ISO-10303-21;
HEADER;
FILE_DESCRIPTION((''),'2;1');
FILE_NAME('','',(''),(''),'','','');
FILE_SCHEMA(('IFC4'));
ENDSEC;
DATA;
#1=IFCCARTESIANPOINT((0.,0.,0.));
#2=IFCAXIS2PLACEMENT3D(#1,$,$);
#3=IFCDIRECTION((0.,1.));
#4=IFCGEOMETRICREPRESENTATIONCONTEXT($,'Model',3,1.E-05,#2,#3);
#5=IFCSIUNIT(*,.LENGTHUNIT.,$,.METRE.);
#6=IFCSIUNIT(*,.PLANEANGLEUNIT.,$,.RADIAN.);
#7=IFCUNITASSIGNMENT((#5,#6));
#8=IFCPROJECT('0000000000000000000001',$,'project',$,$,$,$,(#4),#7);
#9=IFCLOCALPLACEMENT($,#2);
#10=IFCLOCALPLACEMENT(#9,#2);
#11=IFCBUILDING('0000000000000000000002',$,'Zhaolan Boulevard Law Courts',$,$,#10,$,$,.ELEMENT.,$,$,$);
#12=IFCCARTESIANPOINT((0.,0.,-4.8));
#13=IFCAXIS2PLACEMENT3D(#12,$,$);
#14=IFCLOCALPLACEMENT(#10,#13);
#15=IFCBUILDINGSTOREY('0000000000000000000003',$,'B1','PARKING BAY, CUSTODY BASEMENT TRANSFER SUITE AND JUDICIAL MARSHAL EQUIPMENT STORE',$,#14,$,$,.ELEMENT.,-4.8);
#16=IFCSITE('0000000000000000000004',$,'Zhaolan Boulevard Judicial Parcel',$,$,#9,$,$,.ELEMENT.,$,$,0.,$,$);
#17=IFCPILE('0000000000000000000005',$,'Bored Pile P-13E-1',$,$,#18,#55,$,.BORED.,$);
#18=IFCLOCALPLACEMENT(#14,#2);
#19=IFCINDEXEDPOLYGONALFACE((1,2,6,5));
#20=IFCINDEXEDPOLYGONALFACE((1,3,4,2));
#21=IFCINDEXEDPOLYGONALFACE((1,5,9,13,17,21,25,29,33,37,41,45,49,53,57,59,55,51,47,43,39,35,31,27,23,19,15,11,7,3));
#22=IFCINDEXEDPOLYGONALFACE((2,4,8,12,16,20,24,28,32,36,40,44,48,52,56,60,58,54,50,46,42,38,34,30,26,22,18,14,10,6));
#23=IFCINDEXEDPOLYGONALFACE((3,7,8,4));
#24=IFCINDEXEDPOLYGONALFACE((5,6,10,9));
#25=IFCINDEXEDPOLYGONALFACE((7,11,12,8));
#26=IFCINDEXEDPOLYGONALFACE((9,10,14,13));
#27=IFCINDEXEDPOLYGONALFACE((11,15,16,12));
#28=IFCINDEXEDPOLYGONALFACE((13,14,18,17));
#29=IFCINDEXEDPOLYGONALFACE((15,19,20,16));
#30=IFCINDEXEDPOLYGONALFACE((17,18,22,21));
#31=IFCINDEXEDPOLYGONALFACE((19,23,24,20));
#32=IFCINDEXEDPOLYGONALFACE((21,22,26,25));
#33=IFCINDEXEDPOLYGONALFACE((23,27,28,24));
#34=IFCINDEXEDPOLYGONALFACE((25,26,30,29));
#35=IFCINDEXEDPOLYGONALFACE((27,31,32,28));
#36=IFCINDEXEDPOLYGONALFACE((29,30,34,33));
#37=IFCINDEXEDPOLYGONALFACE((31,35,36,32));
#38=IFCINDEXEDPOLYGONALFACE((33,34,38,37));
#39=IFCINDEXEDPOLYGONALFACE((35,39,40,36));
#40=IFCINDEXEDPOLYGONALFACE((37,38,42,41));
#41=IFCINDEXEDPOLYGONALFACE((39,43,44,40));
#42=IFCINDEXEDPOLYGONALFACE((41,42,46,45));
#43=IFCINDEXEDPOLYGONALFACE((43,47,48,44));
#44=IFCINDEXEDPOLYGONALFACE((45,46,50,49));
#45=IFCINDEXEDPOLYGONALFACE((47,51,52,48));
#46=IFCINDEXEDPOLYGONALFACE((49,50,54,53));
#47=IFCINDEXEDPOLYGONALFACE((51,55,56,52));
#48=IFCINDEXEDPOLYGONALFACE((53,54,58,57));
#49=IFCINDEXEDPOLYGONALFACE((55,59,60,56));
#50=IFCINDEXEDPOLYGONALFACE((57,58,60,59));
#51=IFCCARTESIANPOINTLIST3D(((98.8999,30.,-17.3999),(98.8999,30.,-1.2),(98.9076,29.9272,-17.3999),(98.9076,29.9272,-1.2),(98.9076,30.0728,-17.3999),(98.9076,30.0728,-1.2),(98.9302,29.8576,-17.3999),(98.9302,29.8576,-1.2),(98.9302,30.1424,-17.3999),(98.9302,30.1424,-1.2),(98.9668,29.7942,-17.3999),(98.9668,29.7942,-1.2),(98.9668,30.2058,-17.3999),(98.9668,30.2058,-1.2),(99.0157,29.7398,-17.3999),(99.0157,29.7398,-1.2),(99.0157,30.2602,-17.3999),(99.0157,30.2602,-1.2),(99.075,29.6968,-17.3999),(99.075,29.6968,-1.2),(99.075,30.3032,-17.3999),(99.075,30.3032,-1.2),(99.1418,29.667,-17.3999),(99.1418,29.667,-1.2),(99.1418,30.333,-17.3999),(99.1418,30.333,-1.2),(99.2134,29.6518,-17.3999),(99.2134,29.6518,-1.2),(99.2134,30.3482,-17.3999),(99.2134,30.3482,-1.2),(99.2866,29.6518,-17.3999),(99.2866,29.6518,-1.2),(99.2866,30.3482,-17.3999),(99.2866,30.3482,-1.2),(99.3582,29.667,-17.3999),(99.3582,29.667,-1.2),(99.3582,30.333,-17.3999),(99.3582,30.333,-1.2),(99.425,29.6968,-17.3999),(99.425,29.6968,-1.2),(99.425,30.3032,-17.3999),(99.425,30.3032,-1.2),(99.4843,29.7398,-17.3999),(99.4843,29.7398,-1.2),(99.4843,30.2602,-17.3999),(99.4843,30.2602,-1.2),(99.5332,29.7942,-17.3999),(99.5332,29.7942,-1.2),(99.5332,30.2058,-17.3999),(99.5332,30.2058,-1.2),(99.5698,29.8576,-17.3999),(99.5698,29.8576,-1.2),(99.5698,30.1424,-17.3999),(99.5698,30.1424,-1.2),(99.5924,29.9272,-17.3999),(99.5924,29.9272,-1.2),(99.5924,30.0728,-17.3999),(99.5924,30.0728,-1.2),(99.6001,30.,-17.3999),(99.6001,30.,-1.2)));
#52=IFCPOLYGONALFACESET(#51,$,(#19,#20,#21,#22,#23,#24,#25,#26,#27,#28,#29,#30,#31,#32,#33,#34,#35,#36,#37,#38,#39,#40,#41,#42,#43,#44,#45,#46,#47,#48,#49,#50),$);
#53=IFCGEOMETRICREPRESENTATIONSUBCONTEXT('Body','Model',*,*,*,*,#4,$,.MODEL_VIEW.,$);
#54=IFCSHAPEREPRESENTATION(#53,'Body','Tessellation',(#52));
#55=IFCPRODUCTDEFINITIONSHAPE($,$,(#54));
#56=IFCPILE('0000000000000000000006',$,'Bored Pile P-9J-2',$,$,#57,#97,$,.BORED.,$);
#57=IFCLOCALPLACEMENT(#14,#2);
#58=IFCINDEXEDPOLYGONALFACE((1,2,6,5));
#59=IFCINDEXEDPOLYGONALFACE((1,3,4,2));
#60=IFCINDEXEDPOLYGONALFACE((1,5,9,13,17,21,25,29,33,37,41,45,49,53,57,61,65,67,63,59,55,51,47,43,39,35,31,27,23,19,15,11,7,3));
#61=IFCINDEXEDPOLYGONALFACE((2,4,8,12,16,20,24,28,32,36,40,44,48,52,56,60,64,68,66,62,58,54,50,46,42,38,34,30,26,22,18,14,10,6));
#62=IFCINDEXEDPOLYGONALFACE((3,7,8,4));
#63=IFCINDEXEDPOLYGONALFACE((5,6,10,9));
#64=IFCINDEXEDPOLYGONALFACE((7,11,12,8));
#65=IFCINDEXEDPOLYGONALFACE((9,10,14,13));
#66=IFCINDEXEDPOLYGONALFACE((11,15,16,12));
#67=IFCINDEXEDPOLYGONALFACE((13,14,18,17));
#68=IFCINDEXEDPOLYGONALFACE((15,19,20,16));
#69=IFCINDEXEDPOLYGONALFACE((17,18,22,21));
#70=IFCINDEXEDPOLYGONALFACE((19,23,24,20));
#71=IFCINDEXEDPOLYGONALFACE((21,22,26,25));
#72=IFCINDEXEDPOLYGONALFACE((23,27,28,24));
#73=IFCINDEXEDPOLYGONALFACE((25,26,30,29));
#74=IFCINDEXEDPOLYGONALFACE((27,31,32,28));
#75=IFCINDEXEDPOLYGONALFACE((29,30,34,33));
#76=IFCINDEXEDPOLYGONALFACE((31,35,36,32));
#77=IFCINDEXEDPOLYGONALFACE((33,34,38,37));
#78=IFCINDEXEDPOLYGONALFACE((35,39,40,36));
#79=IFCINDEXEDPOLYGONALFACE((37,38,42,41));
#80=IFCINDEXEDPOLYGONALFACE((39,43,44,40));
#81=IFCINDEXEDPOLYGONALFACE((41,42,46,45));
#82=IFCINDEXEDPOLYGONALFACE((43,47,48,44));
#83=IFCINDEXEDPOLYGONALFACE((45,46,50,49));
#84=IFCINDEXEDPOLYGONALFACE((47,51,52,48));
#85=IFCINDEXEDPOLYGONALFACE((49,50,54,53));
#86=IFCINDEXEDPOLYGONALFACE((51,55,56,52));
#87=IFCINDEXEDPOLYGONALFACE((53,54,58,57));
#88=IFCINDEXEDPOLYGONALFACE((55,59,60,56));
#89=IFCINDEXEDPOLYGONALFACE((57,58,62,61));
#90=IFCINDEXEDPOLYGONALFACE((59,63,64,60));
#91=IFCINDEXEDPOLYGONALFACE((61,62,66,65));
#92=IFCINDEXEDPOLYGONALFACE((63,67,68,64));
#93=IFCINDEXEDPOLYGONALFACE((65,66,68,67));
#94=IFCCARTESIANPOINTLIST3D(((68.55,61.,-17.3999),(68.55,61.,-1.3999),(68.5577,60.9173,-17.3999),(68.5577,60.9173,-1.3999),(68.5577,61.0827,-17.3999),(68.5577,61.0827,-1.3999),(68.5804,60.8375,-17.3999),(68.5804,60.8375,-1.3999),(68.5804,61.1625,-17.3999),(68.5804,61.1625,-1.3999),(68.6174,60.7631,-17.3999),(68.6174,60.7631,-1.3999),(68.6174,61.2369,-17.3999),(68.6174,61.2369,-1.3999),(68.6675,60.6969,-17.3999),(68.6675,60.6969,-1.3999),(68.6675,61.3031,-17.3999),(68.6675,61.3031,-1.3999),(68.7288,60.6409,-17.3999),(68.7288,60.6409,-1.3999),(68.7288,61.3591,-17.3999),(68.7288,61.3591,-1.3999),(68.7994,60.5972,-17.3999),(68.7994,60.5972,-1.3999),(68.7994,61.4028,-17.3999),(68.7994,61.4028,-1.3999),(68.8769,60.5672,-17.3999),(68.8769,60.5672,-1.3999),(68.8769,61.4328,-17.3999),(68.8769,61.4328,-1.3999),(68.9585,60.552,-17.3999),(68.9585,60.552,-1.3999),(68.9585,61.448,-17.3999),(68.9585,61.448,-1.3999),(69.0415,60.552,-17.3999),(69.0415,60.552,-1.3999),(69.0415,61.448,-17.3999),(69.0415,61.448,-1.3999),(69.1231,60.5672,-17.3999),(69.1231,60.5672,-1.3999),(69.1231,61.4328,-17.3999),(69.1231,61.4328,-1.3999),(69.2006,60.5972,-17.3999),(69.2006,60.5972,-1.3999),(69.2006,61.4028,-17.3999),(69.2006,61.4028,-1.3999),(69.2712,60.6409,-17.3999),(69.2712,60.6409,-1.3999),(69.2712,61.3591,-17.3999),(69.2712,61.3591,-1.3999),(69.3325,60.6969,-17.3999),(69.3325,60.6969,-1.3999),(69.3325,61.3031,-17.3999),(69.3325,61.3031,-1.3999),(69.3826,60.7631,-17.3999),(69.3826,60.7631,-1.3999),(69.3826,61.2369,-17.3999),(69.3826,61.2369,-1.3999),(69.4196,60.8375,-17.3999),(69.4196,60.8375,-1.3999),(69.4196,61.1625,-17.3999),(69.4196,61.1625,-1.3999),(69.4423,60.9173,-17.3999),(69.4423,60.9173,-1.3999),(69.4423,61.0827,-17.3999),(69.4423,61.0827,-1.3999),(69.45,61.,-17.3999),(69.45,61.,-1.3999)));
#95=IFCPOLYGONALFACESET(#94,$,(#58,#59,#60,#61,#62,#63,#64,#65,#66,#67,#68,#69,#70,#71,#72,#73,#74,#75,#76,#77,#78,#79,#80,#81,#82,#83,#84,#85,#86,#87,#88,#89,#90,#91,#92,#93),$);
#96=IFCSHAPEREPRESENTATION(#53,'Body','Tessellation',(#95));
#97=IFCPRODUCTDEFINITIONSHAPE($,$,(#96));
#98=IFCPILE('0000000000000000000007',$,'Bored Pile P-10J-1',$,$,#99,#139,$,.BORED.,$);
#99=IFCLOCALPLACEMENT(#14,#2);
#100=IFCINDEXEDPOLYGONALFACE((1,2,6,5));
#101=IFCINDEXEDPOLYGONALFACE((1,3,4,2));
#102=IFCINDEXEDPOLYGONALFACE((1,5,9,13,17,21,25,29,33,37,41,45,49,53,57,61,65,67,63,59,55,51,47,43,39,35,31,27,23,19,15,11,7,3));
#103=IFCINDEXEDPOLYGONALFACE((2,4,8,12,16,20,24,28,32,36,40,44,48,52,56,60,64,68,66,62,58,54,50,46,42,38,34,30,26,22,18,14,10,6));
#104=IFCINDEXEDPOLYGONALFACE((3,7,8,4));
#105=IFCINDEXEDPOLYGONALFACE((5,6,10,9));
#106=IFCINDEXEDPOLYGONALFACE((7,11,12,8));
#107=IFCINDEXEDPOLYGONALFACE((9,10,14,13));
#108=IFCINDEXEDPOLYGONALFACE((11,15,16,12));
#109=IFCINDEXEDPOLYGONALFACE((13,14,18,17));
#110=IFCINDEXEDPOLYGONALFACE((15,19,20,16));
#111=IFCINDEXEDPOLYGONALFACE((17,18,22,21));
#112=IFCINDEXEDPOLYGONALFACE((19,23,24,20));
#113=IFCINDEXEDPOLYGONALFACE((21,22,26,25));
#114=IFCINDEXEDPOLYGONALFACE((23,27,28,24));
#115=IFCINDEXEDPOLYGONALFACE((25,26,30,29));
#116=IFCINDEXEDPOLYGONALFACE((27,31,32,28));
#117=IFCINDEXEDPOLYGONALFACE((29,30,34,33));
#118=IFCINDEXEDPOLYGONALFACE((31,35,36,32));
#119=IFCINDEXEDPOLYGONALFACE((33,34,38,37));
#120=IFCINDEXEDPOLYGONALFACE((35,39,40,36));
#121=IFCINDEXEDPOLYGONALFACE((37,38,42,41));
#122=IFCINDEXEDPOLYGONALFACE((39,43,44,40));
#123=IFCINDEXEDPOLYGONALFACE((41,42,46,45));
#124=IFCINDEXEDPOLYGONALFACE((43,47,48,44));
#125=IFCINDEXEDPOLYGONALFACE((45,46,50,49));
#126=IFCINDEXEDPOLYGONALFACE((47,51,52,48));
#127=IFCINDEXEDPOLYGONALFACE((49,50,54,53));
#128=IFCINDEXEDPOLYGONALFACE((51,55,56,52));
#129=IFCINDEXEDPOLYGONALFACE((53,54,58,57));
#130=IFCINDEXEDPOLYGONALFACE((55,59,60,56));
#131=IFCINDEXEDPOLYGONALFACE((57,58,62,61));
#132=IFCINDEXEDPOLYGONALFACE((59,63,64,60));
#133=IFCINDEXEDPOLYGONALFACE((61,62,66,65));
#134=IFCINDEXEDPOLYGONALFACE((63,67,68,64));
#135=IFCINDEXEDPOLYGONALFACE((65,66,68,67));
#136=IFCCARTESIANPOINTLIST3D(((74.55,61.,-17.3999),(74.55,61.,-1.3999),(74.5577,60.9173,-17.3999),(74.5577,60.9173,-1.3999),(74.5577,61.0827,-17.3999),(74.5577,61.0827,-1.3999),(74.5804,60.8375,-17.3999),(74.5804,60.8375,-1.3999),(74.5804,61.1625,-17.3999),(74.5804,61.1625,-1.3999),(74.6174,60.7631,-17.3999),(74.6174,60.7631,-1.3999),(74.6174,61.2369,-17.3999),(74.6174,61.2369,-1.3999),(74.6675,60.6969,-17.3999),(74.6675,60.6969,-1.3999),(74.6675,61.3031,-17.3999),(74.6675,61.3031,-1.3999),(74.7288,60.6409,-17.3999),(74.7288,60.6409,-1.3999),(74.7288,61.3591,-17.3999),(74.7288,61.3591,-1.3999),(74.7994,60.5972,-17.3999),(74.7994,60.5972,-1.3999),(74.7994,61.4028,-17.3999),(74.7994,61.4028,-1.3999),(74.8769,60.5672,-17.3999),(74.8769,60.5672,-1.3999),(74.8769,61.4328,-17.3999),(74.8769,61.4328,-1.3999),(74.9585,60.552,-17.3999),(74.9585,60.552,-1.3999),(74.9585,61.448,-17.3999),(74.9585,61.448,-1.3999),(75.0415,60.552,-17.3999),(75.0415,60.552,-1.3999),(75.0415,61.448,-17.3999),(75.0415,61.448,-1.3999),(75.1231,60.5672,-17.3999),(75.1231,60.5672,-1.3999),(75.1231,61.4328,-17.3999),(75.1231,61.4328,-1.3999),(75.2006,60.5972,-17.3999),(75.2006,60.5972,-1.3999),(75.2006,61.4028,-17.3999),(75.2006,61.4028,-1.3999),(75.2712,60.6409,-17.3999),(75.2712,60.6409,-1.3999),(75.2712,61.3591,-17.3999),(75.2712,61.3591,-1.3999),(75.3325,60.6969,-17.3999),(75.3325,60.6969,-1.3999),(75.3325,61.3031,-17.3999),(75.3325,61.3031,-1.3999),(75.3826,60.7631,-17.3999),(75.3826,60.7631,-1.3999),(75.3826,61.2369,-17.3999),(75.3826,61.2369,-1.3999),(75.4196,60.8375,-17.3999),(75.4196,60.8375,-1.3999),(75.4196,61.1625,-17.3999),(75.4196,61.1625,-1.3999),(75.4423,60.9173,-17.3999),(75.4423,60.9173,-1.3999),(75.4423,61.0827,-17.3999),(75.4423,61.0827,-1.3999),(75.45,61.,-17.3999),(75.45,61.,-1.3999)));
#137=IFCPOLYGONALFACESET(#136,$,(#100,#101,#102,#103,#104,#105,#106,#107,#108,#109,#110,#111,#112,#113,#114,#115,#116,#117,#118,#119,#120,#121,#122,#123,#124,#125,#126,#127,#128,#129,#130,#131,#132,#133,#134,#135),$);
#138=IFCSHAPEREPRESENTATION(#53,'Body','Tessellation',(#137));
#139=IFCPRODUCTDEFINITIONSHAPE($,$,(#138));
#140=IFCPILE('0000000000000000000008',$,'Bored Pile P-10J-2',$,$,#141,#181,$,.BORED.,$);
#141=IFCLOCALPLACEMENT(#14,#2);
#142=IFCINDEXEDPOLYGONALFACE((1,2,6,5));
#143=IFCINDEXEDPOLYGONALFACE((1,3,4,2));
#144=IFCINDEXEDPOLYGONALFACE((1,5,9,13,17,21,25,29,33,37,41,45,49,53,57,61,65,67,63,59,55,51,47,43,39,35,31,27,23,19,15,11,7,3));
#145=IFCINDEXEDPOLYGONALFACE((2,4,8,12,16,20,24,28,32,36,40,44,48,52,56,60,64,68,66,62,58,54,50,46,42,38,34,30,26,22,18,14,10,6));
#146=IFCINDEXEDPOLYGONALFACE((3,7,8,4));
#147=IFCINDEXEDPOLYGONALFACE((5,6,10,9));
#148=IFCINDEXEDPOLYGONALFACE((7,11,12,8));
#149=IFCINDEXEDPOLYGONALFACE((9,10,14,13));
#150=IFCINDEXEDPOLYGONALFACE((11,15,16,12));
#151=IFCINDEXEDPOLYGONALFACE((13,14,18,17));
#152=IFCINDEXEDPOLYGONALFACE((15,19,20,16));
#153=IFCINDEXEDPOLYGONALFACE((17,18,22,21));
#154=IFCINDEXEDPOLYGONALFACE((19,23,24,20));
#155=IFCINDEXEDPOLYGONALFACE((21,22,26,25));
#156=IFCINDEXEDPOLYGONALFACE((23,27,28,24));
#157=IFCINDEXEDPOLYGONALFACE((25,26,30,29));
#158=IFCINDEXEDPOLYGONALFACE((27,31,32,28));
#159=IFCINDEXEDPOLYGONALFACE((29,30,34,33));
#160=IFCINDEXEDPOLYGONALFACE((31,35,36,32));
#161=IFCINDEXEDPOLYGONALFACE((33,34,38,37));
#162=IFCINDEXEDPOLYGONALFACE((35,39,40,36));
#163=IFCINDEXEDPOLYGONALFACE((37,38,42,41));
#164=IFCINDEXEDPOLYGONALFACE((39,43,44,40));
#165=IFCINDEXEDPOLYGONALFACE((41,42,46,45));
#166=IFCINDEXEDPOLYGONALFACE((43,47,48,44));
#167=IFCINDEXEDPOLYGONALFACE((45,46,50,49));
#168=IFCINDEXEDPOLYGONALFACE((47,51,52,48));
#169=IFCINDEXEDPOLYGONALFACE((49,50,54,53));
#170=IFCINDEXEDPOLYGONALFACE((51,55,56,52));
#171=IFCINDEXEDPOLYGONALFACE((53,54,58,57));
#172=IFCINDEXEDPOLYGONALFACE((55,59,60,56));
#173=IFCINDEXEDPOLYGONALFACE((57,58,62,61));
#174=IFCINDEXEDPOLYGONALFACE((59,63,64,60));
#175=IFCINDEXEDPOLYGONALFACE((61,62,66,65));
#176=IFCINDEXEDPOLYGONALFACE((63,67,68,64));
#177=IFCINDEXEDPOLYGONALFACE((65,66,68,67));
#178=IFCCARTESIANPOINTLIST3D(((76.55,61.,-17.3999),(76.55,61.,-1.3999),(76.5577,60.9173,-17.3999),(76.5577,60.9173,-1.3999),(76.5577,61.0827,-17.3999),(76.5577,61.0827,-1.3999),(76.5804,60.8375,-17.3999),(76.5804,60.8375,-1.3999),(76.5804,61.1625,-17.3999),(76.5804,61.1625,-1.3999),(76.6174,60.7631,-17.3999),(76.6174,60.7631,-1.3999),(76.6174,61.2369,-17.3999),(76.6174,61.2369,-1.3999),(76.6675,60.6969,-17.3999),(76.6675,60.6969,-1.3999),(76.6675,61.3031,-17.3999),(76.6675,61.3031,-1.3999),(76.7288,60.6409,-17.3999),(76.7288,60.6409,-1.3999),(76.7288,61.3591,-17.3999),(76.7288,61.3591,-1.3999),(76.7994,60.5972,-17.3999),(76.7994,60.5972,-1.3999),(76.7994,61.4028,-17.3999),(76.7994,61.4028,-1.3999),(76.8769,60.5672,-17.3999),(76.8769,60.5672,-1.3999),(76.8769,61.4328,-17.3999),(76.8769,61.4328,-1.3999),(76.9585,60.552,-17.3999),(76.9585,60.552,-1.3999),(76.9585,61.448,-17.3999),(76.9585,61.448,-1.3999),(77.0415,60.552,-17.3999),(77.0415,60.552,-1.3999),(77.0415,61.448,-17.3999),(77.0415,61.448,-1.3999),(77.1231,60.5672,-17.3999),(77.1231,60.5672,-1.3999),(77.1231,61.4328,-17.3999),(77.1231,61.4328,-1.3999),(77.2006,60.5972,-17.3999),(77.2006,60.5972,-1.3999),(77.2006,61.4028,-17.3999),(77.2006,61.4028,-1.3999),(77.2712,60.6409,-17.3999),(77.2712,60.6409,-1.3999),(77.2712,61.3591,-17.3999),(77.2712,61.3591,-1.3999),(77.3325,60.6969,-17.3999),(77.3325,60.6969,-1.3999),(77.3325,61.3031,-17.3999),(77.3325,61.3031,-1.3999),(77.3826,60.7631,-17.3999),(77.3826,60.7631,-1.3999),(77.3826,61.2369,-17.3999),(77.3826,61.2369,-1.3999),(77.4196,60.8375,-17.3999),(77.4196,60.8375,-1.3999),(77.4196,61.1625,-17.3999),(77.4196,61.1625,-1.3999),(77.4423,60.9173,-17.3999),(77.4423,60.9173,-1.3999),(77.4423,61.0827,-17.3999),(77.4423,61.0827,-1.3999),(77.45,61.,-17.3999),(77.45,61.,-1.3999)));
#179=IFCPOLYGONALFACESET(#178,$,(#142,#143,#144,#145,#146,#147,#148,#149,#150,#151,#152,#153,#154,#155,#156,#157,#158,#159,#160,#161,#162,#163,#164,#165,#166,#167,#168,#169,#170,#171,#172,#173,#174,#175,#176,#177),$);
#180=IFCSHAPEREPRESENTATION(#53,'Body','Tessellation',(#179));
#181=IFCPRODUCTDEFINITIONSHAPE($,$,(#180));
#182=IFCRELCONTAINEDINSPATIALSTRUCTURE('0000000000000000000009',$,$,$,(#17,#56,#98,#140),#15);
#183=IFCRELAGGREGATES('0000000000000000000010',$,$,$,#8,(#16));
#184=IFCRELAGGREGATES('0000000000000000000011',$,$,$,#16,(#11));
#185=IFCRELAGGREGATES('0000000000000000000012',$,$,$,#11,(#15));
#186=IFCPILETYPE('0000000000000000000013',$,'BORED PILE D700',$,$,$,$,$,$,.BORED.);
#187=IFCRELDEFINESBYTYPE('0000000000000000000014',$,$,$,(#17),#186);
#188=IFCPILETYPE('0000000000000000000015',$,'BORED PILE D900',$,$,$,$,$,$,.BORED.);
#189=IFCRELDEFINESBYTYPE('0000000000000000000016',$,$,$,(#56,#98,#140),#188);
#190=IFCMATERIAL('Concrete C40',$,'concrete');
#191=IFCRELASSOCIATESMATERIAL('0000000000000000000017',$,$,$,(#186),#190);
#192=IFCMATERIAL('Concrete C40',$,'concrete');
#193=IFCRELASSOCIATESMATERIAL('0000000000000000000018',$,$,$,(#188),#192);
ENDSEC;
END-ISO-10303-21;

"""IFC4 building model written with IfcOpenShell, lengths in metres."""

from ifc_helpers import new_model, si_unit, direction, frame, origin, origin_2d, place, context, subcontext, project, spatial, circle, extrude, material, material_profile, profile_set, type_object, element, save


model = new_model("IFC4")

# Units and contexts
model_context = context("Model", 3, precision=1e-05, world=origin(), true_north=direction((0.0, 1.0)))
body_context = subcontext(model_context, "Body", "Model", "MODEL_VIEW")
ifc_project = project(units=[si_unit("LENGTHUNIT", "METRE"), si_unit("PLANEANGLEUNIT", "RADIAN")], contexts=[model_context])

# Site, building, storey
site_placement = place(None, origin())
site = spatial("IfcSite", under=ifc_project, at=site_placement, Name="Zhaolan Boulevard Judicial Parcel", CompositionType="ELEMENT", RefElevation=0.0)
building_placement = place(site_placement, origin())
building = spatial("IfcBuilding", under=site, at=building_placement, Name="Zhaolan Boulevard Law Courts", CompositionType="ELEMENT")
storey_placement = place(building_placement, frame((0.0, 0.0, -4.8)))
storey = spatial("IfcBuildingStorey", under=building, at=storey_placement, Name="B1", Description="PARKING BAY, CUSTODY BASEMENT TRANSFER SUITE AND JUDICIAL MARSHAL EQUIPMENT STORE", CompositionType="ELEMENT", Elevation=-4.8)

# Piles
ifc_material_1 = material(Name="Concrete C40", Category="concrete")
ifc_material_profile_1 = material_profile(ifc_material_1, circle(Radius=0.3501, at=origin_2d()), Name="PILE-D700")
ifc_profile_set_1 = profile_set([ifc_material_profile_1], Name="Concrete C40")
pile_type_1 = type_object("IfcPileType", Name="BORED PILE D700", PredefinedType="BORED", material=ifc_profile_set_1)
pile_placement = place(storey_placement, frame((99.25, 30.0, -1.2), z_axis=(0.0, 0.0, -1.0), x_axis=(1.0, 0.0, 0.0)))
element("IfcPile", 1, at=pile_placement, inside=storey, type_object=pile_type_1, Name="Bored Pile P-13E-1", PredefinedType="BORED", context=body_context, shape_type="SweptSolid", body=[
    extrude(circle(Radius=0.3501, at=origin_2d()), origin(), (0.0, 0.0, 1.0), 16.2),
])
ifc_material_2 = material(Name="Concrete C40", Category="concrete")
ifc_material_profile_2 = material_profile(ifc_material_2, circle(Radius=0.45, at=origin_2d()), Name="PILE-D900")
ifc_profile_set_2 = profile_set([ifc_material_profile_2], Name="Concrete C40")
pile_type_2 = type_object("IfcPileType", Name="BORED PILE D900", PredefinedType="BORED", material=ifc_profile_set_2)
for number, where, z_axis, x_axis, name in (
    (2, (69.0, 61.0, -1.3999), (0.0, 0.0, -1.0), (1.0, 0.0, 0.0), "Bored Pile P-9J-2"),
    (3, (75.0, 61.0, -1.3999), (0.0, 0.0, -1.0), (1.0, 0.0, 0.0), "Bored Pile P-10J-1"),
    (4, (77.0, 61.0, -1.3999), (0.0, 0.0, -1.0), (1.0, 0.0, 0.0), "Bored Pile P-10J-2"),
):
    element("IfcPile", number, at=place(storey_placement, frame(where, z_axis=z_axis, x_axis=x_axis)), inside=storey, type_object=pile_type_2, Name=name, PredefinedType="BORED", context=body_context, shape_type="SweptSolid", body=[
        extrude(circle(Radius=0.45, at=origin_2d()), origin(), (0.0, 0.0, 1.0), 16.0),
    ])

save(model, "model.ifc")
